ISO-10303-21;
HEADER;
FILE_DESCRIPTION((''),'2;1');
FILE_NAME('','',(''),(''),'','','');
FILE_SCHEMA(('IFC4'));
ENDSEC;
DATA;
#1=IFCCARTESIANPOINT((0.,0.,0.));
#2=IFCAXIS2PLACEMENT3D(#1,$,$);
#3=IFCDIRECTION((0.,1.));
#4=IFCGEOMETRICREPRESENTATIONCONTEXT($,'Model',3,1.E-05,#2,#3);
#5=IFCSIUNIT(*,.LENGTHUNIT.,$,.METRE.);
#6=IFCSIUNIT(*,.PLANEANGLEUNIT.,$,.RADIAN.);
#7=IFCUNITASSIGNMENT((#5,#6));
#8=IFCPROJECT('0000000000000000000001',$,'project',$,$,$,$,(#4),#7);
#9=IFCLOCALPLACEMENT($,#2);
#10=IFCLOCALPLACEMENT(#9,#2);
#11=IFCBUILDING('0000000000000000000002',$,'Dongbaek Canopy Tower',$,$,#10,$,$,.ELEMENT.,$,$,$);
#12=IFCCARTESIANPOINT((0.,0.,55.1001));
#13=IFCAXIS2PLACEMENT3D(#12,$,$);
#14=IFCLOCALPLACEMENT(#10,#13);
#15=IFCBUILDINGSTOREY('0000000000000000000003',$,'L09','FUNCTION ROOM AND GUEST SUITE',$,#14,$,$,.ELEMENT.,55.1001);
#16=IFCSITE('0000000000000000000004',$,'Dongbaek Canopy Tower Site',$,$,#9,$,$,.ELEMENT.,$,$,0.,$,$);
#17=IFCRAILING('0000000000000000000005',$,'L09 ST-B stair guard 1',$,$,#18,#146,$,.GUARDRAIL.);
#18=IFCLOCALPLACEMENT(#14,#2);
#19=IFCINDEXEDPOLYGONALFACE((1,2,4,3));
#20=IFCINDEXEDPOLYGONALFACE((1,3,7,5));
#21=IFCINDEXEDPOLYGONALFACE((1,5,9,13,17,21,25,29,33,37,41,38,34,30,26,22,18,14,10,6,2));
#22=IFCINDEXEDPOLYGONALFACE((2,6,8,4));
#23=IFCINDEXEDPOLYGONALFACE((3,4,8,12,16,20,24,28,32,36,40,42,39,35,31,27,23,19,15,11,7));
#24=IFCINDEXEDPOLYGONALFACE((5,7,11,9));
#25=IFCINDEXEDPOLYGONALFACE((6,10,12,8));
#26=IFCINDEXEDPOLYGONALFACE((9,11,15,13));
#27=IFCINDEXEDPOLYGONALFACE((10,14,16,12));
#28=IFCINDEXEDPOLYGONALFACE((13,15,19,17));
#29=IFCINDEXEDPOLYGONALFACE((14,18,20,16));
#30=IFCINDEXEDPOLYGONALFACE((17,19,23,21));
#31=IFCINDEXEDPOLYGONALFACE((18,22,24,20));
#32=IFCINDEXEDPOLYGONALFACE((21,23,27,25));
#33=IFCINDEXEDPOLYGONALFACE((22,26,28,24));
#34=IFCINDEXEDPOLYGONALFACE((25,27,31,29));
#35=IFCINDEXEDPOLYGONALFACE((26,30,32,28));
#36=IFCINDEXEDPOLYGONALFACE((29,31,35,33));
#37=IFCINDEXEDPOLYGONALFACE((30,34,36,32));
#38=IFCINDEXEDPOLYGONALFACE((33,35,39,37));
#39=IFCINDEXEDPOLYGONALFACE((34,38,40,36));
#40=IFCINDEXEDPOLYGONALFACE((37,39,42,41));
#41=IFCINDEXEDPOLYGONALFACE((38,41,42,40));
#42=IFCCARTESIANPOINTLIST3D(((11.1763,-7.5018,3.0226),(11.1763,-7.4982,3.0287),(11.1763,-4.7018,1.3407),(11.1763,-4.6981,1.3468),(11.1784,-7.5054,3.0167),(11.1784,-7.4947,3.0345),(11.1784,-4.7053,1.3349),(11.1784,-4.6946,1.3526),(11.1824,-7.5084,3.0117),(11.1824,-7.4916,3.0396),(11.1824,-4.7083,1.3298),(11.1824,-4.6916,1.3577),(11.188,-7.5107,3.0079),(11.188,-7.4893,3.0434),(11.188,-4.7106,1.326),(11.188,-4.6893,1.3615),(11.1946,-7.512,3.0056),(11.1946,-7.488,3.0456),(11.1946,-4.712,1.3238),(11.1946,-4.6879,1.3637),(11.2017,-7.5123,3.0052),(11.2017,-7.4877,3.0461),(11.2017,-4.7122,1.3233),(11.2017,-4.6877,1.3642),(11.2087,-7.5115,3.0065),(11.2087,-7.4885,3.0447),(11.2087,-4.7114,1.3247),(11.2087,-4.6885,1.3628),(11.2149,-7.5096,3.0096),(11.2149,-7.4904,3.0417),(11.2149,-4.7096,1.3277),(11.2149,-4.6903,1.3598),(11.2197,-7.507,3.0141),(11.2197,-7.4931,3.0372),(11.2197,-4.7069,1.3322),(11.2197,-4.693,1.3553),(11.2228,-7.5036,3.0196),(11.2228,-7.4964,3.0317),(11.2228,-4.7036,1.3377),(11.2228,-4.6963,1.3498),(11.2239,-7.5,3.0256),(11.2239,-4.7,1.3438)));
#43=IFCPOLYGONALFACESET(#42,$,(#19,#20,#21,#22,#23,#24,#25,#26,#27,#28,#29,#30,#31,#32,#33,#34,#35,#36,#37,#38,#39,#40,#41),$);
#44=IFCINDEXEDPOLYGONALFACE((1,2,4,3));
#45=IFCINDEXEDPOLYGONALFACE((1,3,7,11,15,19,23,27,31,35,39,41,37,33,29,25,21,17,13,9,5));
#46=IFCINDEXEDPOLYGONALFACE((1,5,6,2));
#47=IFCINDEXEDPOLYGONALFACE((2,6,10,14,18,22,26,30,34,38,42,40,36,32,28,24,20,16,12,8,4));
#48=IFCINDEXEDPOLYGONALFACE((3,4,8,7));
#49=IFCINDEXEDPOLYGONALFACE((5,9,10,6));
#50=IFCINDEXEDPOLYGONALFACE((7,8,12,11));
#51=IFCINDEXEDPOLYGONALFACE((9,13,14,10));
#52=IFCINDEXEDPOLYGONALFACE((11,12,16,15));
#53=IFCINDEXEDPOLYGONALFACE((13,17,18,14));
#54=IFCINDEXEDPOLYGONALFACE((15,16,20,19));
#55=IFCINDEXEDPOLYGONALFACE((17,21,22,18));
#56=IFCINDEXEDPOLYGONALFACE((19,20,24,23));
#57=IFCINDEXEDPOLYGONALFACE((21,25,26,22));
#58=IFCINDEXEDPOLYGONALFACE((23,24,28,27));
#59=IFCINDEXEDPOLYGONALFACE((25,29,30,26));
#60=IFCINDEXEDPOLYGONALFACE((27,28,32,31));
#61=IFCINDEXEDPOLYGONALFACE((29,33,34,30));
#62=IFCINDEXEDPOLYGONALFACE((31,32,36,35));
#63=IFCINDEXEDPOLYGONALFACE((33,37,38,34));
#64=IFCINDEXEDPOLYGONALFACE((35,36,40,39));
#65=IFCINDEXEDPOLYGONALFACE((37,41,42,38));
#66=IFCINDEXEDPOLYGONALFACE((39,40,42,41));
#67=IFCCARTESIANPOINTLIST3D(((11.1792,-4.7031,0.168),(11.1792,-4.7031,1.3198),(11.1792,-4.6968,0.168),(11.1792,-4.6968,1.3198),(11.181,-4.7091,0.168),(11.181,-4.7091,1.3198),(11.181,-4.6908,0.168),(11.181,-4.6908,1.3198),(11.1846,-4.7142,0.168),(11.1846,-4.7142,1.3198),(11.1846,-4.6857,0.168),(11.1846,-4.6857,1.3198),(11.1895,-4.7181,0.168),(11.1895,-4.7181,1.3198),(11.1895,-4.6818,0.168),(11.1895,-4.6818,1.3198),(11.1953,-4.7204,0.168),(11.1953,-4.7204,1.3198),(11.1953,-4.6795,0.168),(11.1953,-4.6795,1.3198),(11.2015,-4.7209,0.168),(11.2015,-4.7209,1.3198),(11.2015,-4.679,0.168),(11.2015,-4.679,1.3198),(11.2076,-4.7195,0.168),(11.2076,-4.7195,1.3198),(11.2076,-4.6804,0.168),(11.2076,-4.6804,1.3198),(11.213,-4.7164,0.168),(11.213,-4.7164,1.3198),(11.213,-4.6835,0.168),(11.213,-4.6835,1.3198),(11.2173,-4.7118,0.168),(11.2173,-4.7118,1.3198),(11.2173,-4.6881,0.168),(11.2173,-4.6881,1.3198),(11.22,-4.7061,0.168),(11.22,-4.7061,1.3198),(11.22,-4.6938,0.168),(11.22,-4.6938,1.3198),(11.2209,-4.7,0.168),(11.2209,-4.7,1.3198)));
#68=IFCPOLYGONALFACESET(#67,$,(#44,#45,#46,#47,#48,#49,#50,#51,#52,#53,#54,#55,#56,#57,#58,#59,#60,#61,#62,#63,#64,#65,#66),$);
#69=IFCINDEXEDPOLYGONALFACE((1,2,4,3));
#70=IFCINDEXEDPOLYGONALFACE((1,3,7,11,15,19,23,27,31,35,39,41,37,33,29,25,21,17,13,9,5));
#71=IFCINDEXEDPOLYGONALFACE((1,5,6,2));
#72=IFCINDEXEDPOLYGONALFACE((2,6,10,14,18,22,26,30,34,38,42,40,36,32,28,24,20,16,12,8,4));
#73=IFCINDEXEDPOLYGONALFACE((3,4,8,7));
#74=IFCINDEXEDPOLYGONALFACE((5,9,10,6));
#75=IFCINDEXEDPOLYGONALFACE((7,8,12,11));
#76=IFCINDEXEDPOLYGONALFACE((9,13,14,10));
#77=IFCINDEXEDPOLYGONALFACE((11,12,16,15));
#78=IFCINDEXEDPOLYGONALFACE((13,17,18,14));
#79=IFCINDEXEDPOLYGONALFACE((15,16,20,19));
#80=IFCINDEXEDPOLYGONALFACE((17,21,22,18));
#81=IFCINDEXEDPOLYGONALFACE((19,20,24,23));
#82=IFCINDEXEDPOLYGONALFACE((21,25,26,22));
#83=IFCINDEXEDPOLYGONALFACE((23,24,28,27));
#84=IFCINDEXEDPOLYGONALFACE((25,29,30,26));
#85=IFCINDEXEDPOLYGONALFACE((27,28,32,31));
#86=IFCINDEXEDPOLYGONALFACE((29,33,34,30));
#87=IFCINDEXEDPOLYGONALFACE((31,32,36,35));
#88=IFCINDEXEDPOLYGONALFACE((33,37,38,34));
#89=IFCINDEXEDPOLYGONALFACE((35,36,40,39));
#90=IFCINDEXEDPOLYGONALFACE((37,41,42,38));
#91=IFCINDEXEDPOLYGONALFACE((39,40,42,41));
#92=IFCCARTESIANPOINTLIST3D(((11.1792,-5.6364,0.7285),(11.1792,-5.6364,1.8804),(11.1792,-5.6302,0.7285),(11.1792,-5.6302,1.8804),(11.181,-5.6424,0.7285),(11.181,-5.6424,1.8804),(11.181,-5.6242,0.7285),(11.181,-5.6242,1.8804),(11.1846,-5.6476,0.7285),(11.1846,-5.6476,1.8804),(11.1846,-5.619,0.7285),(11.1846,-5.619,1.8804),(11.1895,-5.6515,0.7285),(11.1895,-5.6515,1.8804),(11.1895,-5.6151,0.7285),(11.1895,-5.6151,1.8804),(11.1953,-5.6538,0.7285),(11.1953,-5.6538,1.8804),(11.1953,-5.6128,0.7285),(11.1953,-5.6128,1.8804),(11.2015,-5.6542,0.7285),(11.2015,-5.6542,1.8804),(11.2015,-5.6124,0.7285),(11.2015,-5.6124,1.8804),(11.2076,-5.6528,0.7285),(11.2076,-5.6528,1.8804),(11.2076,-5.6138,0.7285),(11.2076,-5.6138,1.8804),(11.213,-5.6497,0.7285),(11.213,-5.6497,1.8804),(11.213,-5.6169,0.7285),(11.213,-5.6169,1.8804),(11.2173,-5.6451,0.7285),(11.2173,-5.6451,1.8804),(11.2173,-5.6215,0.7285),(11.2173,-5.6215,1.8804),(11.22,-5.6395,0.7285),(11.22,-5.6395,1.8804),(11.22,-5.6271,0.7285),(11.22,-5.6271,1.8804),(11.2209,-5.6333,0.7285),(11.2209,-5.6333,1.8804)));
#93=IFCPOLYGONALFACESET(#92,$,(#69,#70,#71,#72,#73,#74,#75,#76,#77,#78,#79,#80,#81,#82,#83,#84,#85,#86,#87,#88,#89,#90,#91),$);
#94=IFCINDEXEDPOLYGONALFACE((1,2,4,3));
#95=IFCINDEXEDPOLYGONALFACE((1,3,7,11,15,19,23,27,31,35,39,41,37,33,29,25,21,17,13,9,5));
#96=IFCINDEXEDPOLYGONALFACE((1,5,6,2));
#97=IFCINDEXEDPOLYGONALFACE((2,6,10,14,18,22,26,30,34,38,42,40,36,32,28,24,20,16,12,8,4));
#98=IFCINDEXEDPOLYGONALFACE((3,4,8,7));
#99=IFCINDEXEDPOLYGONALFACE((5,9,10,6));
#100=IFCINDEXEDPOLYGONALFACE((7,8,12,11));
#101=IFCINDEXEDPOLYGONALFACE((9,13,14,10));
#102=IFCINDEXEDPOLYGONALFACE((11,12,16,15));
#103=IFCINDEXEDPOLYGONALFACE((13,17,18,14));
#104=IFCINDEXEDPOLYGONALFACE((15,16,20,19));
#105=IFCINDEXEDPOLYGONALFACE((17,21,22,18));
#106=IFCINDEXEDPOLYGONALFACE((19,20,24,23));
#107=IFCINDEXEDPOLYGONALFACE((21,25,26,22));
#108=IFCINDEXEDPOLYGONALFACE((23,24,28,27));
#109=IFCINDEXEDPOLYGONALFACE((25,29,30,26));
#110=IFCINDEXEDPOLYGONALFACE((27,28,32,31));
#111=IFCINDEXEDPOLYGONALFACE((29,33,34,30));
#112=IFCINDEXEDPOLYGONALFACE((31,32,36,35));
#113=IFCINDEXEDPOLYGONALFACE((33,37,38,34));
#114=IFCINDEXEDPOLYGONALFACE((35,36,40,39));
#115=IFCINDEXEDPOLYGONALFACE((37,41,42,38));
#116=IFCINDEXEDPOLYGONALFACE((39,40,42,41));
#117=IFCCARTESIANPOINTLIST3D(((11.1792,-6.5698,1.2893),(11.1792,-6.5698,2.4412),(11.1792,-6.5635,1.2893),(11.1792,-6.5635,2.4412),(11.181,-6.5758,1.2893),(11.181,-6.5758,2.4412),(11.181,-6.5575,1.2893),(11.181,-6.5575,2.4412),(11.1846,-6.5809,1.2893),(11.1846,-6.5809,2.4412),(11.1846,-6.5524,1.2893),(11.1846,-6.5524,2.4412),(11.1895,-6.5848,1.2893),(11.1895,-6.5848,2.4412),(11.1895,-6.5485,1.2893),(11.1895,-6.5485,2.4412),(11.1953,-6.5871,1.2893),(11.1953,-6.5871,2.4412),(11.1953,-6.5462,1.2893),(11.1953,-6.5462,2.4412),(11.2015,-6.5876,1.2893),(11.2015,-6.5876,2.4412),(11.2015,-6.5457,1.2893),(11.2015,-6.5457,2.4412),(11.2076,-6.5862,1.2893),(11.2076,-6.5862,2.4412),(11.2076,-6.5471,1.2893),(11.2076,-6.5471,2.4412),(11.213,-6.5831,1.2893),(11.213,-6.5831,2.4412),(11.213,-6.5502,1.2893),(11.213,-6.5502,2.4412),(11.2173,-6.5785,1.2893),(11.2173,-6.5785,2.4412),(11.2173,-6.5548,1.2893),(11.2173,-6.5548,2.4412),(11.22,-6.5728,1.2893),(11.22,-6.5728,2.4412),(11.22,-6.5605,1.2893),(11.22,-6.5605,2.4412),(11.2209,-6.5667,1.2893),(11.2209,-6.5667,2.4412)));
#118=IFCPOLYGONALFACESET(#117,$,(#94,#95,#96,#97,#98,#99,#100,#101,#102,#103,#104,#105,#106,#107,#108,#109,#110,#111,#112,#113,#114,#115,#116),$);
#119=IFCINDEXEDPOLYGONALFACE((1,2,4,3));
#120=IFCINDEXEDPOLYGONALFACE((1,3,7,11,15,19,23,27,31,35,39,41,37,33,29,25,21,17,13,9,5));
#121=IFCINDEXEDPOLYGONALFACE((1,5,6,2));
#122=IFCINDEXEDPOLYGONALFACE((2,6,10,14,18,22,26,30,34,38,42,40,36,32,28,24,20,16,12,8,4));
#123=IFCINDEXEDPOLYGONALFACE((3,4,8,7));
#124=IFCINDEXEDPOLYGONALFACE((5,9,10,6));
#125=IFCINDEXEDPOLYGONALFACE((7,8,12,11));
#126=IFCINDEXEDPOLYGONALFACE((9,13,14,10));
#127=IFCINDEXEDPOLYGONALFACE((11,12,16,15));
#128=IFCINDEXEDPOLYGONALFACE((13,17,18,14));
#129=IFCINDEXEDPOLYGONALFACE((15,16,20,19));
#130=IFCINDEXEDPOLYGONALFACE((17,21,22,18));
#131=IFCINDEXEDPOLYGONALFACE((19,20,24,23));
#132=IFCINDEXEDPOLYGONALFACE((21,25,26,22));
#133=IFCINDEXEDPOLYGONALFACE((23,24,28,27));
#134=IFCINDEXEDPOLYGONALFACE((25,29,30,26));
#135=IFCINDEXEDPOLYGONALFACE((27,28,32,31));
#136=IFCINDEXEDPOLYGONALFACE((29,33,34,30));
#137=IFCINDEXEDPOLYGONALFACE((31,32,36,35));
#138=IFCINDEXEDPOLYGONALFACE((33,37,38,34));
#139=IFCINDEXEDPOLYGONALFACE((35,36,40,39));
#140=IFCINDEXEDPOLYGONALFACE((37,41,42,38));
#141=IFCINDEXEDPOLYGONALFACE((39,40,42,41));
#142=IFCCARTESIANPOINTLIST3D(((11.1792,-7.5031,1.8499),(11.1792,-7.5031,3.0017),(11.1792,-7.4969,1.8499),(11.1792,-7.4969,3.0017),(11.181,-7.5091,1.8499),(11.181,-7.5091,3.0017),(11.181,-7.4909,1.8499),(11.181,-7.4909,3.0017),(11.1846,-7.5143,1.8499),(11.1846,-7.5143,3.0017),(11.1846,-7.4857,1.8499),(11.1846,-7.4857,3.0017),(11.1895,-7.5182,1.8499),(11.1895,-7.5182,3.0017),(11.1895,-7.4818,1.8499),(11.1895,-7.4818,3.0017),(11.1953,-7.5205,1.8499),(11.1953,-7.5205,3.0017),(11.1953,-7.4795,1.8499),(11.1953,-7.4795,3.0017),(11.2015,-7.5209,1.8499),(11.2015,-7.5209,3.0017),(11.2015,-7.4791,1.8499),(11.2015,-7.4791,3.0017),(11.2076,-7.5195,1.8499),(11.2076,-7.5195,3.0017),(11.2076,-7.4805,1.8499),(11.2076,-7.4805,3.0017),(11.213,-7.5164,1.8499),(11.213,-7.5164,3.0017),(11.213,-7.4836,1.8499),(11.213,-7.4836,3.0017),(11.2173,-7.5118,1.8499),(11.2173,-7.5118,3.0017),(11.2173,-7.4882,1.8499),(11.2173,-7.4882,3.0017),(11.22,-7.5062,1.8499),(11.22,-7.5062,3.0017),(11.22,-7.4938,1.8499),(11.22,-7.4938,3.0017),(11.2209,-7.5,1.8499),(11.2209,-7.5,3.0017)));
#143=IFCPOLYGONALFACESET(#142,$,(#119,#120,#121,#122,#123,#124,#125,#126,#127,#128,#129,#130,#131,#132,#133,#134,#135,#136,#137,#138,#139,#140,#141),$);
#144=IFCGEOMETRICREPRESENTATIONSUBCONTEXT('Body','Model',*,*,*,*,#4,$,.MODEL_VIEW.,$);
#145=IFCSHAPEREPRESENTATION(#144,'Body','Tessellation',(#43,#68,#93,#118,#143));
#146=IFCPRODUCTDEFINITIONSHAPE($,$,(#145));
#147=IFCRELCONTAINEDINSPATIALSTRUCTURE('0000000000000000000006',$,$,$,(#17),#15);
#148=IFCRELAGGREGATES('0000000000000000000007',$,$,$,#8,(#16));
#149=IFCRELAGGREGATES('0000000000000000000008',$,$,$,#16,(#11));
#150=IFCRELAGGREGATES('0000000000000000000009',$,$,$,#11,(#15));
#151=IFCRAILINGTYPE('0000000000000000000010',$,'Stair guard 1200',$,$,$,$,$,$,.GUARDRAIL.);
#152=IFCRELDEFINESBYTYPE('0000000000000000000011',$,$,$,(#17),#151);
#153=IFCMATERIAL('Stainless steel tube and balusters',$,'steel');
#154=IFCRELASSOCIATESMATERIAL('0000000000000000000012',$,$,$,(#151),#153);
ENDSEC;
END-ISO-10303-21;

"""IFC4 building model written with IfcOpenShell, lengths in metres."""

from ifc_helpers import new_model, si_unit, direction, frame, origin, origin_2d, place, context, subcontext, project, spatial, circle, extrude, material, type_object, element, save


model = new_model("IFC4")

# Units and contexts
model_context = context("Model", 3, precision=1e-05, world=origin(), true_north=direction((0.0, 1.0)))
body_context = subcontext(model_context, "Body", "Model", "MODEL_VIEW")
ifc_project = project(units=[si_unit("LENGTHUNIT", "METRE"), si_unit("PLANEANGLEUNIT", "RADIAN")], contexts=[model_context])

# Site, building, storey
site_placement = place(None, origin())
site = spatial("IfcSite", under=ifc_project, at=site_placement, Name="Dongbaek Canopy Tower Site", CompositionType="ELEMENT", RefElevation=0.0)
building_placement = place(site_placement, origin())
building = spatial("IfcBuilding", under=site, at=building_placement, Name="Dongbaek Canopy Tower", CompositionType="ELEMENT")
storey_placement = place(building_placement, frame((0.0, 0.0, 55.1001)))
storey = spatial("IfcBuildingStorey", under=building, at=storey_placement, Name="L09", Description="FUNCTION ROOM AND GUEST SUITE", CompositionType="ELEMENT", Elevation=55.1001)

# Railing
ifc_material_1 = material(Name="Stainless steel tube and balusters", Category="steel")
railing_type_1 = type_object("IfcRailingType", Name="Stair guard 1200", PredefinedType="GUARDRAIL", material=ifc_material_1)
railing_1_placement = place(storey_placement, frame((11.2, -4.7, 0.168)))
element("IfcRailing", 1, at=railing_1_placement, inside=storey, type_object=railing_type_1, Name="L09 ST-B stair guard 1", PredefinedType="GUARDRAIL", context=body_context, shape_type="SweptSolid", body=[
    extrude(circle(Radius=0.0239, at=origin_2d()), frame((0.0, 0.0, 1.1758), z_axis=(0.0, -0.857242, 0.514913), x_axis=(1.0, 0.0, 0.0)), (0.0, 0.0, 1.0), 3.2664),
    extrude(circle(Radius=0.021, at=origin_2d()), origin(), (0.0, 0.0, 1.0), 1.1519),
    extrude(circle(Radius=0.021, at=origin_2d()), frame((0.0, -0.9333, 0.5605)), (0.0, 0.0, 1.0), 1.1519),
    extrude(circle(Radius=0.021, at=origin_2d()), frame((0.0, -1.8667, 1.1213)), (0.0, 0.0, 1.0), 1.1519),
    extrude(circle(Radius=0.021, at=origin_2d()), frame((0.0, -2.8, 1.6819)), (0.0, 0.0, 1.0), 1.1519),
])

save(model, "model.ifc")
